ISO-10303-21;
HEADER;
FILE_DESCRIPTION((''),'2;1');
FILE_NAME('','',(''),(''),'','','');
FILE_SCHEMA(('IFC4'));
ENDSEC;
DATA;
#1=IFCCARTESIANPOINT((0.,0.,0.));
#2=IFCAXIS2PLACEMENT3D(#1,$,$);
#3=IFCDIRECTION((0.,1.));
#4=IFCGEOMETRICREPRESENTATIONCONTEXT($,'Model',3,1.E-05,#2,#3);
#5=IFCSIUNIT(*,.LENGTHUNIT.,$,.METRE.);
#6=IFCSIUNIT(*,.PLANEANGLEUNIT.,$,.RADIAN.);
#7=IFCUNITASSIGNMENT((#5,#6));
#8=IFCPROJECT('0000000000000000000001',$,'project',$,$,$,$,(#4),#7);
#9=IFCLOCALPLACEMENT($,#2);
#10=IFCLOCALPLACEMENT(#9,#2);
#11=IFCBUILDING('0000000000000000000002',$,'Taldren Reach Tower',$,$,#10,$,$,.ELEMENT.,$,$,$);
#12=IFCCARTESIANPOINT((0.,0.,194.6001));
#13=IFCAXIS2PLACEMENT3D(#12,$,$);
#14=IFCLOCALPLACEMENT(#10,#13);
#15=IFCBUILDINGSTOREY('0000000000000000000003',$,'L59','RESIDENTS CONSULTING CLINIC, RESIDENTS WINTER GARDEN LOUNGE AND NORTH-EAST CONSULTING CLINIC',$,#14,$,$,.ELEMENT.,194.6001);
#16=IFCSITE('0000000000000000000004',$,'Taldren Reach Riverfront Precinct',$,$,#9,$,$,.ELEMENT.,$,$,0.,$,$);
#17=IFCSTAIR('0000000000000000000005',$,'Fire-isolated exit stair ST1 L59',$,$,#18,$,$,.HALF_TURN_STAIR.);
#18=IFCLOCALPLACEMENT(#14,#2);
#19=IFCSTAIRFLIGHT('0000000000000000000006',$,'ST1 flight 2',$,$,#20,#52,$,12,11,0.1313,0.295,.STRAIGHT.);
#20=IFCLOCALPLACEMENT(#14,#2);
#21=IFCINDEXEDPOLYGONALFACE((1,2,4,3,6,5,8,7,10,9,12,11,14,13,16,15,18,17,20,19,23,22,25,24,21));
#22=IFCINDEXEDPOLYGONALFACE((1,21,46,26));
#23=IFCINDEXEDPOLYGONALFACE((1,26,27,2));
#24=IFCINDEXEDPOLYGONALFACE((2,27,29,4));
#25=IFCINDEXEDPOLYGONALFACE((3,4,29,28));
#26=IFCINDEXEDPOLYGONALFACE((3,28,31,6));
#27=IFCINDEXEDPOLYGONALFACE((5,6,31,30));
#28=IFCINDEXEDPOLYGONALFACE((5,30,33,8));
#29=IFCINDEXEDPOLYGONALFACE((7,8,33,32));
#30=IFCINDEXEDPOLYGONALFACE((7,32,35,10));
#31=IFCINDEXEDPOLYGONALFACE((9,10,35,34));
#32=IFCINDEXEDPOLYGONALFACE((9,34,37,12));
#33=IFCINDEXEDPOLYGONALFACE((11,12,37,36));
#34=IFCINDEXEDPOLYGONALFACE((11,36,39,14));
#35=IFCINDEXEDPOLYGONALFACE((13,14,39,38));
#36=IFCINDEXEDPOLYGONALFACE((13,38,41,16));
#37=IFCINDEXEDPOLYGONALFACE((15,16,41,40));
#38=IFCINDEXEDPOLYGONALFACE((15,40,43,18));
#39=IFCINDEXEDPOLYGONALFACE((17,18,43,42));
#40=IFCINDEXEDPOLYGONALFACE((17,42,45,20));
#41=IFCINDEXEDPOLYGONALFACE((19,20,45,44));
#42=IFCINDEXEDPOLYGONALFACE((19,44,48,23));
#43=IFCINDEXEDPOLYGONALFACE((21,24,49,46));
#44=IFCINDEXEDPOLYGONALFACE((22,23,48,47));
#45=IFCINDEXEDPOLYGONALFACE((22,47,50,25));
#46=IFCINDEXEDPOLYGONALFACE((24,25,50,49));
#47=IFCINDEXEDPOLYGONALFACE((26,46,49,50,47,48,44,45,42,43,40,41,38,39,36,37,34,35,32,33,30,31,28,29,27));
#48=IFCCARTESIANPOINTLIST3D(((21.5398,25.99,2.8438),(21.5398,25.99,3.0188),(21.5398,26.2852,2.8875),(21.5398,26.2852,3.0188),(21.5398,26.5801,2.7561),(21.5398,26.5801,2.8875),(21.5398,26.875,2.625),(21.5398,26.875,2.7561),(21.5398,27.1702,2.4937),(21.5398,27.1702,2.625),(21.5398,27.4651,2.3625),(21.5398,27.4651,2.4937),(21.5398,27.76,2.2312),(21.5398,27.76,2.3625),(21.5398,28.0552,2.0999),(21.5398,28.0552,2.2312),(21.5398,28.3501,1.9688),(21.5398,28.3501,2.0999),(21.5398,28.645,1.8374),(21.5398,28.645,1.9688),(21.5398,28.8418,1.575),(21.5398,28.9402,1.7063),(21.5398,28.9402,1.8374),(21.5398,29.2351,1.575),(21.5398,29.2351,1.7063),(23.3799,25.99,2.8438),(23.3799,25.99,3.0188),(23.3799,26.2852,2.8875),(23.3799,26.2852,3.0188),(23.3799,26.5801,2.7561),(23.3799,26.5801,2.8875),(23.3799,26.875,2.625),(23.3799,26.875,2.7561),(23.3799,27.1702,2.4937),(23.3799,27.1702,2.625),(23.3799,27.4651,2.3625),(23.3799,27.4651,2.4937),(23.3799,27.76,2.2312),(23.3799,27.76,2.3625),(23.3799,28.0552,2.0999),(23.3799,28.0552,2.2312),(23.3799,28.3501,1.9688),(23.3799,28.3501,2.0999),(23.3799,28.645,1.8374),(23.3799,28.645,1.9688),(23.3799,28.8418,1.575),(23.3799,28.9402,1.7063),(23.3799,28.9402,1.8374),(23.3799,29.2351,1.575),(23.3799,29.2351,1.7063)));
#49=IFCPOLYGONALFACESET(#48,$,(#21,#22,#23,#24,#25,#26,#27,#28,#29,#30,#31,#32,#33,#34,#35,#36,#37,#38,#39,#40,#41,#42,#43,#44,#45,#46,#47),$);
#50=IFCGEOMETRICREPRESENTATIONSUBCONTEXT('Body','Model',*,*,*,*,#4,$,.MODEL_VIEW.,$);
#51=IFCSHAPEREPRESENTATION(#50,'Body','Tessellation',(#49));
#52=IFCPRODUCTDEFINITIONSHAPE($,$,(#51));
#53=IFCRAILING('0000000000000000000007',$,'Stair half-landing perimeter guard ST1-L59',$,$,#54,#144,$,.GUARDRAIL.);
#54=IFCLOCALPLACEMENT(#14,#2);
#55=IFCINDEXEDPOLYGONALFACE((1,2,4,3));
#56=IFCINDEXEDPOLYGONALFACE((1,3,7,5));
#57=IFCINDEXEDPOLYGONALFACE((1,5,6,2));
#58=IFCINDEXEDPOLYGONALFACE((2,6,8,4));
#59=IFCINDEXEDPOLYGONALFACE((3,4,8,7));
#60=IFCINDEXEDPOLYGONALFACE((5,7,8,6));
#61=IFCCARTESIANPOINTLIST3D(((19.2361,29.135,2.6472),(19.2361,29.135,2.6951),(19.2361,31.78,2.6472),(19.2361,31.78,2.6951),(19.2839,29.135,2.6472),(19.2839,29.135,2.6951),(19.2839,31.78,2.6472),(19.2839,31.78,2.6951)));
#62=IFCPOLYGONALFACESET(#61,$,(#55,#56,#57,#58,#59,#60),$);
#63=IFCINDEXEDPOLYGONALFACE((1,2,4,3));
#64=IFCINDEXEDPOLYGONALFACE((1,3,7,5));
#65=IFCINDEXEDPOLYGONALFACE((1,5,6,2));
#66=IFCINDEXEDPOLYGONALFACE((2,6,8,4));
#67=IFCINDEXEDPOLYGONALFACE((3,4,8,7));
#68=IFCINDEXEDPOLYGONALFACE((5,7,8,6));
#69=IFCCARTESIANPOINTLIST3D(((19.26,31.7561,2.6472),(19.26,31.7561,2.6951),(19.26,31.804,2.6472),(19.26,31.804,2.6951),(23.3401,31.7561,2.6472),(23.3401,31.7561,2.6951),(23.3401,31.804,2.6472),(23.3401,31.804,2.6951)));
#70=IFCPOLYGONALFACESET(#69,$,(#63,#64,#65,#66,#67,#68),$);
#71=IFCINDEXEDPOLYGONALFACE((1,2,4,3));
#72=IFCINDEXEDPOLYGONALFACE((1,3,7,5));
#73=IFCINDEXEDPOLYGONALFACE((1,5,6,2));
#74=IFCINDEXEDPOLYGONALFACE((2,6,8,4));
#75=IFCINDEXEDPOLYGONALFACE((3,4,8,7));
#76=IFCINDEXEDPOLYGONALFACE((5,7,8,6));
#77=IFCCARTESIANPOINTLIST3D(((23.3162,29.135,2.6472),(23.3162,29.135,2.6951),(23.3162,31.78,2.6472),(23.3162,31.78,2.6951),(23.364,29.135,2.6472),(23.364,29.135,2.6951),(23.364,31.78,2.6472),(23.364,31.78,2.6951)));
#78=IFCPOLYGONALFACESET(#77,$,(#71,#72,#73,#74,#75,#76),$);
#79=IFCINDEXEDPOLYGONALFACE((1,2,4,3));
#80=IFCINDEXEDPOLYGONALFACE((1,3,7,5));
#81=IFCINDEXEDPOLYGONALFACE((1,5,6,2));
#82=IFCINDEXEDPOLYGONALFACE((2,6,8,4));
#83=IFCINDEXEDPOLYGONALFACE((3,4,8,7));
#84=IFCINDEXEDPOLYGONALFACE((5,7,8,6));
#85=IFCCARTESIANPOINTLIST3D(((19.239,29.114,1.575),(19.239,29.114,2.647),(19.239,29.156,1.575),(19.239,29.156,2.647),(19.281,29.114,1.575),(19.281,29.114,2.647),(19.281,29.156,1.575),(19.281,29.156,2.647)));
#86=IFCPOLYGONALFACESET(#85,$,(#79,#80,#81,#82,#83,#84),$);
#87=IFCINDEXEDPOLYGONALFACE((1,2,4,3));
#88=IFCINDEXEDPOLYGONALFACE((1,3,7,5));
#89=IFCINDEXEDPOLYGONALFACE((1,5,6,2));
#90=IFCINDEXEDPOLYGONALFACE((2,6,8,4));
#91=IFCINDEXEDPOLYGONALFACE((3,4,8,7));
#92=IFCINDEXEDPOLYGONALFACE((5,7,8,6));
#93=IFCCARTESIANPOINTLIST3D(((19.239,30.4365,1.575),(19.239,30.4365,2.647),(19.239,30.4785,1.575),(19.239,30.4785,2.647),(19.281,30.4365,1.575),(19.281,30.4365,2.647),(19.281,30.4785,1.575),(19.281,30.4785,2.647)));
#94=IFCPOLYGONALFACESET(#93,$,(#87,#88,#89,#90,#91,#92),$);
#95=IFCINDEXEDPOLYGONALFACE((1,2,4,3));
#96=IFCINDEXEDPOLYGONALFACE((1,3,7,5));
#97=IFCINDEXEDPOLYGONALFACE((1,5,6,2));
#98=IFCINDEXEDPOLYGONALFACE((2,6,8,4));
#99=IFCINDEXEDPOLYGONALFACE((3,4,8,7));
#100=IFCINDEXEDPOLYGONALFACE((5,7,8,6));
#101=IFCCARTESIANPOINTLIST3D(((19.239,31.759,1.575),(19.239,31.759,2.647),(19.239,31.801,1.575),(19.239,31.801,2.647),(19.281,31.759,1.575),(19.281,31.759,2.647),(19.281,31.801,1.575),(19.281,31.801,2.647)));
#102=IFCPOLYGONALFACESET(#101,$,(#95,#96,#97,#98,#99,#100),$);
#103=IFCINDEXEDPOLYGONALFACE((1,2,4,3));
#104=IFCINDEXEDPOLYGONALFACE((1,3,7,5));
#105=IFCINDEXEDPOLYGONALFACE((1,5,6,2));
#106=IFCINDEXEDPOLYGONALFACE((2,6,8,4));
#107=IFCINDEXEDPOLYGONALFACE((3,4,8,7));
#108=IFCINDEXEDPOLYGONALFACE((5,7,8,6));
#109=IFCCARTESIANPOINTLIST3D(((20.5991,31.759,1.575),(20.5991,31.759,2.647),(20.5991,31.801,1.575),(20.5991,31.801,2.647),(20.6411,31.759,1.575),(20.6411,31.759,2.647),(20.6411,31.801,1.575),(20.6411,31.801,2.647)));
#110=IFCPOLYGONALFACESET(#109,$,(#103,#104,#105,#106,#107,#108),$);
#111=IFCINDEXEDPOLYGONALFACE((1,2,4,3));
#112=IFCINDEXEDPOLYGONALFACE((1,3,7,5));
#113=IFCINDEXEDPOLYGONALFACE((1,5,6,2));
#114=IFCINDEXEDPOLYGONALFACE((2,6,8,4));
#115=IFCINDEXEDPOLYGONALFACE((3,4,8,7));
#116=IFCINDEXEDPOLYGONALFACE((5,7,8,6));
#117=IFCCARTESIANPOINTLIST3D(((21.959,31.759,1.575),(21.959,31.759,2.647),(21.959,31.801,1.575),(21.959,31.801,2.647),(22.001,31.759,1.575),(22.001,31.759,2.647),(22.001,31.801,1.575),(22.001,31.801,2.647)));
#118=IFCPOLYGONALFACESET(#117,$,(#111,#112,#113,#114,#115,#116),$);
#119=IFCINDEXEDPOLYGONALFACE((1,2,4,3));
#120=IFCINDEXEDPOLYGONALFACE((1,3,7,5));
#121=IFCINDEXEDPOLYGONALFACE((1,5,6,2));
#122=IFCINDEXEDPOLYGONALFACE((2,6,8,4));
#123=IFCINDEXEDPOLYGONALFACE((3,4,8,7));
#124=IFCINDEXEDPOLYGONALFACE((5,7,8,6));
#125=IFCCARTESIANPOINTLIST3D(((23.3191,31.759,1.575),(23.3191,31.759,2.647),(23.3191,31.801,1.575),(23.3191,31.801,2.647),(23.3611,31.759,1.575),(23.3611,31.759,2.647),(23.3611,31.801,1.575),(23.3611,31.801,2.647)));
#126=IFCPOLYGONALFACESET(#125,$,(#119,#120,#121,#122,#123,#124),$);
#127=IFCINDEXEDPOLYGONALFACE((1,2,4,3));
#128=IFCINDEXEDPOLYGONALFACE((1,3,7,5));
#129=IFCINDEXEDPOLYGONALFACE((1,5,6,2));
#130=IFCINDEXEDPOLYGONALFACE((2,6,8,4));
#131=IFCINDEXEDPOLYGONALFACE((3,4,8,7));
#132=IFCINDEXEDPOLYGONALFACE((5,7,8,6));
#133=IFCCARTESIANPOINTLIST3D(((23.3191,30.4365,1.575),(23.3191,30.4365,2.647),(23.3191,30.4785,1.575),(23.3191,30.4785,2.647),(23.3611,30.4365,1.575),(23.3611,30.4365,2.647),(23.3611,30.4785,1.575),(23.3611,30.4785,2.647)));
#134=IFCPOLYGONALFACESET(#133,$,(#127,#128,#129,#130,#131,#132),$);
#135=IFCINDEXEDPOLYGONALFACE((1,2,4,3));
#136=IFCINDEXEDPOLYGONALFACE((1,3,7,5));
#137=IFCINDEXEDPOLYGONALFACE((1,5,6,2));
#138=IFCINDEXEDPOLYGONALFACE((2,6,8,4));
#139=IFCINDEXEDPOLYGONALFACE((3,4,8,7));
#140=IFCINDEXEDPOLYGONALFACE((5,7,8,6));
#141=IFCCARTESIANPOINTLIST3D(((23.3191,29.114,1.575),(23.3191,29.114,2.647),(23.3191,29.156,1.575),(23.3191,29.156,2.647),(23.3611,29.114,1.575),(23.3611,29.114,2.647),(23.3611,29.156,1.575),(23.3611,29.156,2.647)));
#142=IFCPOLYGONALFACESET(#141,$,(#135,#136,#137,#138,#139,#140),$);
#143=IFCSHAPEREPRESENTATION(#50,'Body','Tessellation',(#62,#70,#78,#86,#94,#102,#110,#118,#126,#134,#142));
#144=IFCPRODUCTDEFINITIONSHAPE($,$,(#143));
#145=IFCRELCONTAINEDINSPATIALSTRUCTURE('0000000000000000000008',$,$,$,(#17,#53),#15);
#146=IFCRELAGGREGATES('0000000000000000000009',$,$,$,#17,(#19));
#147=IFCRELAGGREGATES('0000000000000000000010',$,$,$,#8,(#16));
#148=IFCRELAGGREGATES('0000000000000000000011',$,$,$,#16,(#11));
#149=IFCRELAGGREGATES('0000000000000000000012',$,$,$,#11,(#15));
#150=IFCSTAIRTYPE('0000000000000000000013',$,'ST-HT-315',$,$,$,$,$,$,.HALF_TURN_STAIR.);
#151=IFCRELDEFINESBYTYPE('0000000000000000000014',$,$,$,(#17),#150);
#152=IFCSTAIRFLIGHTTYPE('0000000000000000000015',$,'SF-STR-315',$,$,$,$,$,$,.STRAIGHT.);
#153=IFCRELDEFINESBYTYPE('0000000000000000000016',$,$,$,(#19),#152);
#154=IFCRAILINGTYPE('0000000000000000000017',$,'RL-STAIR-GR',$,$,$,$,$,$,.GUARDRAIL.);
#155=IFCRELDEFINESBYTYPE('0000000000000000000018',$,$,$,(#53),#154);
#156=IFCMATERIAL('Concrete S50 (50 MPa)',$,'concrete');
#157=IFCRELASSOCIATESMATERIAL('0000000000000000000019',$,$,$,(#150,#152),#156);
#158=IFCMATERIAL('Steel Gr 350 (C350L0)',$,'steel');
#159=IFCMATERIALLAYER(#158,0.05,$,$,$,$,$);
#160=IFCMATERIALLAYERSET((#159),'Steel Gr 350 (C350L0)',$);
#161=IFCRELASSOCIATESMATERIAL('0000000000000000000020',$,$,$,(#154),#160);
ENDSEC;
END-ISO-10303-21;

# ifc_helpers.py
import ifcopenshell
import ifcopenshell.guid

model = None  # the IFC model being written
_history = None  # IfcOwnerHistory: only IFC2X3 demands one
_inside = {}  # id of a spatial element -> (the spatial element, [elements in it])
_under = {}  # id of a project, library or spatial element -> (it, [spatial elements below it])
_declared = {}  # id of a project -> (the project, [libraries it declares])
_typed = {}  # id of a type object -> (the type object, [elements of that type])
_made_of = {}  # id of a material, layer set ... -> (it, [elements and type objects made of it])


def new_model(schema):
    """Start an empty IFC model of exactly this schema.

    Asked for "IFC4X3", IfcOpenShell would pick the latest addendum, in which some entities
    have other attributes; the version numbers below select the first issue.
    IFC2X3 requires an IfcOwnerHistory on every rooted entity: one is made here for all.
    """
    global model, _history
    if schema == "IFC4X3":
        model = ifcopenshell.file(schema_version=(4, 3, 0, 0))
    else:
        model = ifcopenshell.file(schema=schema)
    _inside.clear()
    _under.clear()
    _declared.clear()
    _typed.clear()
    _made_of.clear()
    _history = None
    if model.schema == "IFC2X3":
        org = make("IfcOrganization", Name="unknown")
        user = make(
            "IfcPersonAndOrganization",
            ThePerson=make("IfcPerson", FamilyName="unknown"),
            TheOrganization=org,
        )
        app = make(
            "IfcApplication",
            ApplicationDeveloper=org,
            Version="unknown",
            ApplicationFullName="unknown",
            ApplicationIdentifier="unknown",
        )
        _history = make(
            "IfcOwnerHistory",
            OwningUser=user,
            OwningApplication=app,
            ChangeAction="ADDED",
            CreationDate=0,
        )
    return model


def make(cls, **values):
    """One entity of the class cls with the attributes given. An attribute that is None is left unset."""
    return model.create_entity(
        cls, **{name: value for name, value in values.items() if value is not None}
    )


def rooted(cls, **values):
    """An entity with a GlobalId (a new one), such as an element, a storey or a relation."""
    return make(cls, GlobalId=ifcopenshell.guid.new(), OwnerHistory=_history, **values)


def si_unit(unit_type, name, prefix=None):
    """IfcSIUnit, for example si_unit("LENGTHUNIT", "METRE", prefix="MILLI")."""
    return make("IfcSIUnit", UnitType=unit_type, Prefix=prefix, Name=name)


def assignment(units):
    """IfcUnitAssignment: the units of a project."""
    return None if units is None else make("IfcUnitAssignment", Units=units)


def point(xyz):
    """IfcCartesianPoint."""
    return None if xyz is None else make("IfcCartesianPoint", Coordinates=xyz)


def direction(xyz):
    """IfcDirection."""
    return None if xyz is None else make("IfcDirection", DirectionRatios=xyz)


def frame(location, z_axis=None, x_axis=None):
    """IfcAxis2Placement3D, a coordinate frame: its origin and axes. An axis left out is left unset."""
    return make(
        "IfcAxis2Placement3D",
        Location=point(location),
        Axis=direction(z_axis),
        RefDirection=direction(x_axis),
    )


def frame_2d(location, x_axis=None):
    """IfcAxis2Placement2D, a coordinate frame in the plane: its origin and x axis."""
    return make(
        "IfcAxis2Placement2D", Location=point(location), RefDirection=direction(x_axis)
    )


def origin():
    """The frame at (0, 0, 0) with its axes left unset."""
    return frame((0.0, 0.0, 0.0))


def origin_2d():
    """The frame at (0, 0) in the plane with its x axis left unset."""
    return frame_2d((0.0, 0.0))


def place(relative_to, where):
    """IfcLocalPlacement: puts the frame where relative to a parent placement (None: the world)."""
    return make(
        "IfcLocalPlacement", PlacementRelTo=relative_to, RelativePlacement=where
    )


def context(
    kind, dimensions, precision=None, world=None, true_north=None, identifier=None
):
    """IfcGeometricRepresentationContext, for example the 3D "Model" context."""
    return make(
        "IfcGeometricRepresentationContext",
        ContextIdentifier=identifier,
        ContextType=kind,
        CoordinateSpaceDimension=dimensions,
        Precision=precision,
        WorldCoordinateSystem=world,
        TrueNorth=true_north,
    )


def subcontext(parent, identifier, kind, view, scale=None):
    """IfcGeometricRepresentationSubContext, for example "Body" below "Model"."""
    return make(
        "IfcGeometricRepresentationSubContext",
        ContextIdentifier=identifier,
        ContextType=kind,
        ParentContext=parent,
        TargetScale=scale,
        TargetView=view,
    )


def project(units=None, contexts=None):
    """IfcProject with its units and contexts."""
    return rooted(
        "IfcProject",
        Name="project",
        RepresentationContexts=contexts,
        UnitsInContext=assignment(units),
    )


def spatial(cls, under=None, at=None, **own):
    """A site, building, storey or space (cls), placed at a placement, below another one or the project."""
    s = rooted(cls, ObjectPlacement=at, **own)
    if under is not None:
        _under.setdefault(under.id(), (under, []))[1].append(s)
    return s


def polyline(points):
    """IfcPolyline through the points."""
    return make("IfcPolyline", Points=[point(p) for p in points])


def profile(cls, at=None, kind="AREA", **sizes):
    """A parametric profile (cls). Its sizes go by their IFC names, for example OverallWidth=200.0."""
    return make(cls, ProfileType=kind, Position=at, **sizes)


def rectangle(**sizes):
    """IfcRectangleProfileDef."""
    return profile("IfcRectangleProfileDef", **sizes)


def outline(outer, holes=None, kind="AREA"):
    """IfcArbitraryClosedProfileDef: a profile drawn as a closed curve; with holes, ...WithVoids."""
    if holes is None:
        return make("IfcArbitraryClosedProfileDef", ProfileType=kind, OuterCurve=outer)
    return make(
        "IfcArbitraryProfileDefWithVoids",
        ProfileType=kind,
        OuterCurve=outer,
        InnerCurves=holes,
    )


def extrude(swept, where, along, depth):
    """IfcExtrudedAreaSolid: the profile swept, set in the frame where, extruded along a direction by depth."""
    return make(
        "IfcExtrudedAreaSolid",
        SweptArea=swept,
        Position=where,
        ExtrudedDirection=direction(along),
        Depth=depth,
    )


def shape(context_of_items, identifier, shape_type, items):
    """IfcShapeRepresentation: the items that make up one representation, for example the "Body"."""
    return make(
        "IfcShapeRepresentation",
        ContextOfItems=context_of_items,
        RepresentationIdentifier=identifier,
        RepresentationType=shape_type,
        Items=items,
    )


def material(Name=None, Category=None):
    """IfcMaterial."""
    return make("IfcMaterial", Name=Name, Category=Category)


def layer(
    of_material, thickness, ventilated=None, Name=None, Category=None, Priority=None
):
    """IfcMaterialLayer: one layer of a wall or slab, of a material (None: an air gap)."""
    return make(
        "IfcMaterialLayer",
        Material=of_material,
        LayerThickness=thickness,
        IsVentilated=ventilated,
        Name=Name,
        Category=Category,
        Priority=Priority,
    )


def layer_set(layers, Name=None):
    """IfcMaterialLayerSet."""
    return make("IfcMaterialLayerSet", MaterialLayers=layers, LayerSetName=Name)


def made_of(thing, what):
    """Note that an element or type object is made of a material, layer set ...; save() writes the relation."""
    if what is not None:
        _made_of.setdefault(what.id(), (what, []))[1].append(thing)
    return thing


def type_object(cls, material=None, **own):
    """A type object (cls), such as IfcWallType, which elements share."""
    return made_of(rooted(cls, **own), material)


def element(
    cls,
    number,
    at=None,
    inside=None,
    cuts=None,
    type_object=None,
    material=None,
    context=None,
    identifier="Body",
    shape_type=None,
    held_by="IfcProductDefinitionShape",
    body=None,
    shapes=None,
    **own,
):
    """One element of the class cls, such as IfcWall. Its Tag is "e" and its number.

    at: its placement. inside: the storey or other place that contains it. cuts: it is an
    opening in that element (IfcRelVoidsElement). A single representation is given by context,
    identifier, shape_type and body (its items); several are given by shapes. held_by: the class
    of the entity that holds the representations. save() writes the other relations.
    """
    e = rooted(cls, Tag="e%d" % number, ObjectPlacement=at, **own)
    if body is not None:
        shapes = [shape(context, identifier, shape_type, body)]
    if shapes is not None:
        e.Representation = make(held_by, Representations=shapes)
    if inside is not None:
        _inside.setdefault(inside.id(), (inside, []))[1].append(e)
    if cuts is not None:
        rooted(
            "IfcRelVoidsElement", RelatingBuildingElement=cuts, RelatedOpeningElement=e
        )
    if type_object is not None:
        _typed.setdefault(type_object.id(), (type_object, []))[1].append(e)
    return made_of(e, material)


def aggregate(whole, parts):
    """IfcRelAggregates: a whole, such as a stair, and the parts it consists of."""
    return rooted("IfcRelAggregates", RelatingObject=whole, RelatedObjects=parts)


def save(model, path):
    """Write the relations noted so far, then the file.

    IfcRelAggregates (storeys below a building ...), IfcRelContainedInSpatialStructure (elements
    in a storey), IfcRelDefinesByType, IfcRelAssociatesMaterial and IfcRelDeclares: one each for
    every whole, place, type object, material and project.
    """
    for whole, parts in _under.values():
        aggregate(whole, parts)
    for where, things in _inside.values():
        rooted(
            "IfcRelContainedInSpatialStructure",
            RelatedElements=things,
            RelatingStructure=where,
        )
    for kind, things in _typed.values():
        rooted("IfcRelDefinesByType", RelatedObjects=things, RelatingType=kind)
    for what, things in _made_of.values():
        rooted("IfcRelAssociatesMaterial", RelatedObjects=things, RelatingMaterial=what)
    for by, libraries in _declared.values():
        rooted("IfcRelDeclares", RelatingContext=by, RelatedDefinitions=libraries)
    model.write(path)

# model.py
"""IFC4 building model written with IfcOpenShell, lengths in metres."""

from ifc_helpers import new_model, si_unit, direction, frame, origin, origin_2d, place, context, subcontext, project, spatial, polyline, rectangle, outline, extrude, material, layer, layer_set, type_object, element, aggregate, save


model = new_model("IFC4")

# Units and contexts
model_context = context("Model", 3, precision=1e-05, world=origin(), true_north=direction((0.0, 1.0)))
body_context = subcontext(model_context, "Body", "Model", "MODEL_VIEW")
ifc_project = project(units=[si_unit("LENGTHUNIT", "METRE"), si_unit("PLANEANGLEUNIT", "RADIAN")], contexts=[model_context])

# Site, building, storey
site_placement = place(None, origin())
site = spatial("IfcSite", under=ifc_project, at=site_placement, Name="Taldren Reach Riverfront Precinct", CompositionType="ELEMENT", RefElevation=0.0)
building_placement = place(site_placement, origin())
building = spatial("IfcBuilding", under=site, at=building_placement, Name="Taldren Reach Tower", CompositionType="ELEMENT")
storey_placement = place(building_placement, frame((0.0, 0.0, 194.6001)))
storey = spatial("IfcBuildingStorey", under=building, at=storey_placement, Name="L59", Description="RESIDENTS CONSULTING CLINIC, RESIDENTS WINTER GARDEN LOUNGE AND NORTH-EAST CONSULTING CLINIC", CompositionType="ELEMENT", Elevation=194.6001)

# Shared definitions
ifc_material_1 = material(Name="Steel Gr 350 (C350L0)", Category="steel")

# Stair, stair flight
ifc_material_2 = material(Name="Concrete S50 (50 MPa)", Category="concrete")
stair_type = type_object("IfcStairType", Name="ST-HT-315", PredefinedType="HALF_TURN_STAIR", material=ifc_material_2)
stair_placement = place(storey_placement, origin())
stair = element("IfcStair", 1, at=stair_placement, inside=storey, type_object=stair_type, Name="Fire-isolated exit stair ST1 L59", PredefinedType="HALF_TURN_STAIR")
stair_flight_type = type_object("IfcStairFlightType", Name="SF-STR-315", PredefinedType="STRAIGHT", material=ifc_material_2)
stair_flight_1_placement = place(storey_placement, frame((22.46, 29.2351, 1.575), z_axis=(0.0, 0.0, 1.0), x_axis=(0.0, -1.0, 0.0)))
stair_flight_1 = element("IfcStairFlight", 2, at=stair_flight_1_placement, type_object=stair_flight_type, Name="ST1 flight 2", NumberOfRisers=12, NumberOfTreads=11, PredefinedType="STRAIGHT", RiserHeight=0.1313, TreadLength=0.295, context=body_context, shape_type="SweptSolid", body=[
    extrude(outline(polyline([(0.0, 0.0), (0.0, 0.1313), (0.2949, 0.1313), (0.2949, 0.2625), (0.5901, 0.2625), (0.5901, 0.3938), (0.885, 0.3938), (0.885, 0.5249), (1.1799, 0.5249), (1.1799, 0.6562), (1.4751, 0.6562), (1.4751, 0.7876), (1.77, 0.7876), (1.77, 0.9187), (2.0649, 0.9187), (2.0649, 1.05), (2.3601, 1.05), (2.3601, 1.1812), (2.655, 1.1812), (2.655, 1.3125), (2.95, 1.3125), (2.95, 1.4438), (3.2451, 1.4438), (3.2451, 1.575), (3.2451, 1.2688), (0.3933, 0.0), (0.0, 0.0)])), frame((0.0, 0.9199, 0.0), z_axis=(0.0, -1.0, 0.0), x_axis=(1.0, 0.0, 0.0)), (0.0, 0.0, 1.0), 1.8401),
])
aggregate(stair, [stair_flight_1])

# Railing
ifc_layer_1 = layer(ifc_material_1, 0.05)
ifc_layer_set_1 = layer_set([ifc_layer_1], Name="Steel Gr 350 (C350L0)")
railing_type_1 = type_object("IfcRailingType", Name="RL-STAIR-GR", PredefinedType="GUARDRAIL", material=ifc_layer_set_1)
railing_1_placement = place(storey_placement, frame((19.26, 29.135, 1.575)))
element("IfcRailing", 3, at=railing_1_placement, inside=storey, type_object=railing_type_1, Name="Stair half-landing perimeter guard ST1-L59", PredefinedType="GUARDRAIL", context=body_context, shape_type="SweptSolid", body=[
    extrude(rectangle(XDim=0.0479, YDim=0.0479, at=origin_2d()), frame((0.0, 0.0, 1.0962), z_axis=(0.0, 1.0, 0.0), x_axis=(-1.0, 0.0, 0.0)), (0.0, 0.0, 1.0), 2.645),
    extrude(rectangle(XDim=0.0479, YDim=0.0479, at=origin_2d()), frame((0.0, 2.645, 1.0962), z_axis=(1.0, 0.0, 0.0), x_axis=(0.0, 1.0, 0.0)), (0.0, 0.0, 1.0), 4.0801),
    extrude(rectangle(XDim=0.0479, YDim=0.0479, at=origin_2d()), frame((4.0801, 2.645, 1.0962), z_axis=(0.0, -1.0, 0.0), x_axis=(1.0, 0.0, 0.0)), (0.0, 0.0, 1.0), 2.645),
    extrude(rectangle(XDim=0.042, YDim=0.042, at=origin_2d()), origin(), (0.0, 0.0, 1.0), 1.072),
    extrude(rectangle(XDim=0.042, YDim=0.042, at=origin_2d()), frame((0.0, 1.3225, 0.0)), (0.0, 0.0, 1.0), 1.072),
    extrude(rectangle(XDim=0.042, YDim=0.042, at=origin_2d()), frame((0.0, 2.645, 0.0)), (0.0, 0.0, 1.0), 1.072),
    extrude(rectangle(XDim=0.042, YDim=0.042, at=origin_2d()), frame((1.3601, 2.645, 0.0)), (0.0, 0.0, 1.0), 1.072),
    extrude(rectangle(XDim=0.042, YDim=0.042, at=origin_2d()), frame((2.72, 2.645, 0.0)), (0.0, 0.0, 1.0), 1.072),
    extrude(rectangle(XDim=0.042, YDim=0.042, at=origin_2d()), frame((4.0801, 2.645, 0.0)), (0.0, 0.0, 1.0), 1.072),
    extrude(rectangle(XDim=0.042, YDim=0.042, at=origin_2d()), frame((4.0801, 1.3225, 0.0)), (0.0, 0.0, 1.0), 1.072),
    extrude(rectangle(XDim=0.042, YDim=0.042, at=origin_2d()), frame((4.0801, 0.0, 0.0)), (0.0, 0.0, 1.0), 1.072),
])

save(model, "model.ifc")
